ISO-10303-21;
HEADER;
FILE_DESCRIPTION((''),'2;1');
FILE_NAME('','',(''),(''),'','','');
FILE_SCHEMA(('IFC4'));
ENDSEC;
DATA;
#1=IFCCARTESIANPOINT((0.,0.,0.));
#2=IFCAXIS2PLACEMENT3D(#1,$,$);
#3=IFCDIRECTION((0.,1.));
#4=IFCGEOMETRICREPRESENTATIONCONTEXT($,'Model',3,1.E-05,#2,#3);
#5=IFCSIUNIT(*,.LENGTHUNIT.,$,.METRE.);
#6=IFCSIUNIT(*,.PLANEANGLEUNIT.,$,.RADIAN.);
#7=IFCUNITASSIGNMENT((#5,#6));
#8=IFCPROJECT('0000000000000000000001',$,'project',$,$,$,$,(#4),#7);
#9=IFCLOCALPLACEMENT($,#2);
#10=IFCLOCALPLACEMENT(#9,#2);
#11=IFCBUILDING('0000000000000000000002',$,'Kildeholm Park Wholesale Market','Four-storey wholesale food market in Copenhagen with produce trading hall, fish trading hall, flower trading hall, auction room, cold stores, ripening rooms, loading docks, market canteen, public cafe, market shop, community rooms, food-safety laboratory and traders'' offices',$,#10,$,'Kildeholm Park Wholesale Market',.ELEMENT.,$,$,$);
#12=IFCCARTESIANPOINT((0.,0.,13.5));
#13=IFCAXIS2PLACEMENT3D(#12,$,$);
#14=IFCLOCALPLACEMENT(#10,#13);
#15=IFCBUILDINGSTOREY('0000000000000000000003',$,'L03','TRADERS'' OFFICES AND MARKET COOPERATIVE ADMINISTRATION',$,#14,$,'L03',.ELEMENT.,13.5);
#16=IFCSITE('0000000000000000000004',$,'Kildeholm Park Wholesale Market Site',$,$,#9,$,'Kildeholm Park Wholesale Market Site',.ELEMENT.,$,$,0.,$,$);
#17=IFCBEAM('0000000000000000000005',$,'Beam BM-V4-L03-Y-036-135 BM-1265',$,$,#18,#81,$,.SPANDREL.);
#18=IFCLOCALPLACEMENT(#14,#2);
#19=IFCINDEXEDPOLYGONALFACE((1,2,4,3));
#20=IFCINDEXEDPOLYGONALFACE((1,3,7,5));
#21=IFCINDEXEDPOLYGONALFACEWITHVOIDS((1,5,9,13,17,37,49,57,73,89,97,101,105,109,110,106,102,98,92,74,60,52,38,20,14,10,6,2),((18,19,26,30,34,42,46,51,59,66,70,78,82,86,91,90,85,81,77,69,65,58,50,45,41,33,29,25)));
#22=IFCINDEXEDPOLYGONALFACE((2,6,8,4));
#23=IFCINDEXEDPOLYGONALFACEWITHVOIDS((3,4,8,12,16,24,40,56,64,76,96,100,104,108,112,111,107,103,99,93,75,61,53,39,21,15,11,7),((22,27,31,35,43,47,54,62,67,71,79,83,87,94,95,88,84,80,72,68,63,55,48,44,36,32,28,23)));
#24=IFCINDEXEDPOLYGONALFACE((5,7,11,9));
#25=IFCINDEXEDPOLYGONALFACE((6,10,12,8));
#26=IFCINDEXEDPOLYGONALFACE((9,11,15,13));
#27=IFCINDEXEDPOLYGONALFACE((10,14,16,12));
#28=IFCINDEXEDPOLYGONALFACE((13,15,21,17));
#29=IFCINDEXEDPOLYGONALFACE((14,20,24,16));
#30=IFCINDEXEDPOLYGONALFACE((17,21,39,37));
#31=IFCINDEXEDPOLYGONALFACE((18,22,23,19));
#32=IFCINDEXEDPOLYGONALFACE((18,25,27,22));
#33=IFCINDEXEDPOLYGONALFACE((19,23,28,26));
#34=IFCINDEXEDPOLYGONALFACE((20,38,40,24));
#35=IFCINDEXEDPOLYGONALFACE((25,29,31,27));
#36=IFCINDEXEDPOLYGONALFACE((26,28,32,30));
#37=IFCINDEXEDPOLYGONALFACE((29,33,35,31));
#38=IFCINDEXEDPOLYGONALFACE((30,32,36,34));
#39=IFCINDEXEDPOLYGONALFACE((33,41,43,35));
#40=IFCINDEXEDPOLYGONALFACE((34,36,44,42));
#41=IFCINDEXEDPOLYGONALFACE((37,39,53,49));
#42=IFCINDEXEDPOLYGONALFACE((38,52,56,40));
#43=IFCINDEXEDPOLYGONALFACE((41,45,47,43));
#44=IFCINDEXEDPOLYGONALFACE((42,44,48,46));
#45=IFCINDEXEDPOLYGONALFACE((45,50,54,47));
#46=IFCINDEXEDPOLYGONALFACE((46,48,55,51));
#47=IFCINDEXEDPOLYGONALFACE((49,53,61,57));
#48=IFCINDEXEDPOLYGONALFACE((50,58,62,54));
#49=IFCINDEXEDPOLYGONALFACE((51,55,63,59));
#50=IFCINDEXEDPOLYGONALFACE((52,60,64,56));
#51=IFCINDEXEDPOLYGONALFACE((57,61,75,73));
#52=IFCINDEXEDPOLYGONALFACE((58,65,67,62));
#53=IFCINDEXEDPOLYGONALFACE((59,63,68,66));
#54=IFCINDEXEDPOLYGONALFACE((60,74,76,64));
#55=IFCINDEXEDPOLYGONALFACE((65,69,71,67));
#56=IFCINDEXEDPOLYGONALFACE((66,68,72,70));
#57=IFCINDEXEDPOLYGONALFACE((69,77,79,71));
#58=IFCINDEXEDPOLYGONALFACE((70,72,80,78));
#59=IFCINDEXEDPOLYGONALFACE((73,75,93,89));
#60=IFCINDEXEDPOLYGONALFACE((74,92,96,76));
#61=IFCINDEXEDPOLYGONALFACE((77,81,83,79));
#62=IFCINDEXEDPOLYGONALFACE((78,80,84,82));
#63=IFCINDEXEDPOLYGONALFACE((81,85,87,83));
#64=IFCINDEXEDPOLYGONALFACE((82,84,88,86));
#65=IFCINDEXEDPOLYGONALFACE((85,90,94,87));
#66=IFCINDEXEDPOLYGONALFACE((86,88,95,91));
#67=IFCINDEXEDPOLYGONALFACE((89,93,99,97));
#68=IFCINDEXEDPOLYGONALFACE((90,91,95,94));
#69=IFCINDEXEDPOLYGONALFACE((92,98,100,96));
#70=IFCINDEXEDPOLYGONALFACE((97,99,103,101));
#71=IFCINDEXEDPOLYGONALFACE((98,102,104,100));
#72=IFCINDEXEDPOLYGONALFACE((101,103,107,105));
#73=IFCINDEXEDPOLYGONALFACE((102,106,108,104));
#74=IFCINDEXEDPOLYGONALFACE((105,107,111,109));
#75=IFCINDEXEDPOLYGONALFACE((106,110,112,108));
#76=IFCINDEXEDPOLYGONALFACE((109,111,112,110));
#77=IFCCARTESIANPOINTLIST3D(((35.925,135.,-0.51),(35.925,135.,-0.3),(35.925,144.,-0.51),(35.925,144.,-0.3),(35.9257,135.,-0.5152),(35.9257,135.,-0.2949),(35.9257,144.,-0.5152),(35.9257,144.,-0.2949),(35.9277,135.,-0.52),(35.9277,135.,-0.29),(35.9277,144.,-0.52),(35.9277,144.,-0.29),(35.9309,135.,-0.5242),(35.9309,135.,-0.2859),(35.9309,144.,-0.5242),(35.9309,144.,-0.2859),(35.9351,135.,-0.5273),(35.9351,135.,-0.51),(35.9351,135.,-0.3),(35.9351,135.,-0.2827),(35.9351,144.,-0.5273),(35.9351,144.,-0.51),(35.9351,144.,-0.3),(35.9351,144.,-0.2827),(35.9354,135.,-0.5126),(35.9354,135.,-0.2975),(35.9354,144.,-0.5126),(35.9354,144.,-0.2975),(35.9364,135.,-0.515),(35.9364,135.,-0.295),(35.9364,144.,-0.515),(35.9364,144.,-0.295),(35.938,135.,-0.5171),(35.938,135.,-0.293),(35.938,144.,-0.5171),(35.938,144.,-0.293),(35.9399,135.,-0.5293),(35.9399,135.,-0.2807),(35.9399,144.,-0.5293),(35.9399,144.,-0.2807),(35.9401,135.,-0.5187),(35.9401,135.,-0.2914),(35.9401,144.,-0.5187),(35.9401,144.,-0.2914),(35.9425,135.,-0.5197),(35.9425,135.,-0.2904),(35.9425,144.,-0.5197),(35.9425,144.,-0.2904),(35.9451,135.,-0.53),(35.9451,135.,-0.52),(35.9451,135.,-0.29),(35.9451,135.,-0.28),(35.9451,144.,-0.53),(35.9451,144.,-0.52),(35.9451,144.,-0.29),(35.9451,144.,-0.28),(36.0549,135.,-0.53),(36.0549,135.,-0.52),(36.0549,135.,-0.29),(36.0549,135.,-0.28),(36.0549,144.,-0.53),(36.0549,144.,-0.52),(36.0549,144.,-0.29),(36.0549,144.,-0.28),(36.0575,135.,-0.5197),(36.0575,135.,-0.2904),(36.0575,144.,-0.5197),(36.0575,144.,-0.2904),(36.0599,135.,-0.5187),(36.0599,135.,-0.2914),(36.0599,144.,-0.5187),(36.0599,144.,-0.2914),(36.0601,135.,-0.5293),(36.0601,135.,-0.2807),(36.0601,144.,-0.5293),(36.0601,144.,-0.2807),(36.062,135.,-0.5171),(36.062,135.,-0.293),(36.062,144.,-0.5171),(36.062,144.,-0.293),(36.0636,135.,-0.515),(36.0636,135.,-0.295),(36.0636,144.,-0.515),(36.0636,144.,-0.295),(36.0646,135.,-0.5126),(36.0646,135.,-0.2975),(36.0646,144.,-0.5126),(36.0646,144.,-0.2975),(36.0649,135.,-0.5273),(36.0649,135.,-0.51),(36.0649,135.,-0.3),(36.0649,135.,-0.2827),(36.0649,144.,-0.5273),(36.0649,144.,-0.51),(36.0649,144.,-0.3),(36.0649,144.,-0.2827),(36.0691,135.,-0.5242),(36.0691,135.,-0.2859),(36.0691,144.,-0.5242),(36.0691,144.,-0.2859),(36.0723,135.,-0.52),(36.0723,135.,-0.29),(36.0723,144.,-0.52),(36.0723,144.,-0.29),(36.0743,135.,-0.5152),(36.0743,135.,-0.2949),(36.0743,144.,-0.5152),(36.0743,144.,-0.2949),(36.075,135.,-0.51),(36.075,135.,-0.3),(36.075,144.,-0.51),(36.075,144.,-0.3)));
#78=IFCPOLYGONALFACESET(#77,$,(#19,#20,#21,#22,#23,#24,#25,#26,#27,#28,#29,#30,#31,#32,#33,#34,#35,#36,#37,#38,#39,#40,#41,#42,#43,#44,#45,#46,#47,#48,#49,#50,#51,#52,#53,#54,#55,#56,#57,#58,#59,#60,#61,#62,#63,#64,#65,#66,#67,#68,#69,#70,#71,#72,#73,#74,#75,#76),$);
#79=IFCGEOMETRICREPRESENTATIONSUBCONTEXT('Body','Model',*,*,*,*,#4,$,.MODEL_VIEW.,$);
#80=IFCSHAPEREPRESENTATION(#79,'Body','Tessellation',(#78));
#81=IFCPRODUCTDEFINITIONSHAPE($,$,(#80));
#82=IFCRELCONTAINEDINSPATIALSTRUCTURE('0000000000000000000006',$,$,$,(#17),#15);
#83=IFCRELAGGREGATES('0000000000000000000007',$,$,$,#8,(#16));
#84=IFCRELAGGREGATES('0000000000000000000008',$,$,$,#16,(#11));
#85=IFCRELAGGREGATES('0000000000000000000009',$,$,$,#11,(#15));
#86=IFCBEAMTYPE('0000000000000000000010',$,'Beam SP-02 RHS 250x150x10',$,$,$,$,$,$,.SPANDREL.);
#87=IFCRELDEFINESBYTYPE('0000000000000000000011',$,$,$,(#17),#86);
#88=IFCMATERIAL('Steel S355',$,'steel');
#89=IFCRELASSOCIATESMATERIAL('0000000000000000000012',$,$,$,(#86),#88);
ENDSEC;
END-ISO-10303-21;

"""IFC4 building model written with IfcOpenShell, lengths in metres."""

from ifc_helpers import new_model, si_unit, direction, frame, origin, origin_2d, place, context, subcontext, project, spatial, hollow_rectangle, extrude, material, material_profile, profile_set, type_object, element, save


model = new_model("IFC4")

# Units and contexts
model_context = context("Model", 3, precision=1e-05, world=origin(), true_north=direction((0.0, 1.0)))
body_context = subcontext(model_context, "Body", "Model", "MODEL_VIEW")
ifc_project = project(units=[si_unit("LENGTHUNIT", "METRE"), si_unit("PLANEANGLEUNIT", "RADIAN")], contexts=[model_context])

# Site, building, storey
site_placement = place(None, origin())
site = spatial("IfcSite", under=ifc_project, at=site_placement, Name="Kildeholm Park Wholesale Market Site", LongName="Kildeholm Park Wholesale Market Site", CompositionType="ELEMENT", RefElevation=0.0)
building_placement = place(site_placement, origin())
building = spatial("IfcBuilding", under=site, at=building_placement, Name="Kildeholm Park Wholesale Market", Description="Four-storey wholesale food market in Copenhagen with produce trading hall, fish trading hall, flower trading hall, auction room, cold stores, ripening rooms, loading docks, market canteen, public cafe, market shop, community rooms, food-safety laboratory and traders' offices", LongName="Kildeholm Park Wholesale Market", CompositionType="ELEMENT")
storey_placement = place(building_placement, frame((0.0, 0.0, 13.5)))
storey = spatial("IfcBuildingStorey", under=building, at=storey_placement, Name="L03", Description="TRADERS' OFFICES AND MARKET COOPERATIVE ADMINISTRATION", LongName="L03", CompositionType="ELEMENT", Elevation=13.5)

# Beam
ifc_material = material(Name="Steel S355", Category="steel")
ifc_material_profile_1 = material_profile(ifc_material, hollow_rectangle(XDim=0.1499, YDim=0.25, WallThickness=0.01, InnerFilletRadius=0.01, OuterFilletRadius=0.02, at=origin_2d()), Name="RHS 250x150x10")
ifc_profile_set_1 = profile_set([ifc_material_profile_1], Name="Steel S355")
beam_type_1 = type_object("IfcBeamType", Name="Beam SP-02 RHS 250x150x10", PredefinedType="SPANDREL", material=ifc_profile_set_1)
for number, where, z_axis, x_axis, name in (
    (1, (36.0, 135.0, -0.405), (0.0, 1.0, 0.0), (-1.0, 0.0, 0.0), "Beam BM-V4-L03-Y-036-135 BM-1265"),
):
    element("IfcBeam", number, at=place(storey_placement, frame(where, z_axis=z_axis, x_axis=x_axis)), inside=storey, type_object=beam_type_1, Name=name, PredefinedType="SPANDREL", context=body_context, shape_type="SweptSolid", body=[
        extrude(hollow_rectangle(XDim=0.1499, YDim=0.25, WallThickness=0.01, InnerFilletRadius=0.01, OuterFilletRadius=0.02, at=origin_2d()), origin(), (0.0, 0.0, 1.0), 9.0),
    ])

save(model, "model.ifc")
